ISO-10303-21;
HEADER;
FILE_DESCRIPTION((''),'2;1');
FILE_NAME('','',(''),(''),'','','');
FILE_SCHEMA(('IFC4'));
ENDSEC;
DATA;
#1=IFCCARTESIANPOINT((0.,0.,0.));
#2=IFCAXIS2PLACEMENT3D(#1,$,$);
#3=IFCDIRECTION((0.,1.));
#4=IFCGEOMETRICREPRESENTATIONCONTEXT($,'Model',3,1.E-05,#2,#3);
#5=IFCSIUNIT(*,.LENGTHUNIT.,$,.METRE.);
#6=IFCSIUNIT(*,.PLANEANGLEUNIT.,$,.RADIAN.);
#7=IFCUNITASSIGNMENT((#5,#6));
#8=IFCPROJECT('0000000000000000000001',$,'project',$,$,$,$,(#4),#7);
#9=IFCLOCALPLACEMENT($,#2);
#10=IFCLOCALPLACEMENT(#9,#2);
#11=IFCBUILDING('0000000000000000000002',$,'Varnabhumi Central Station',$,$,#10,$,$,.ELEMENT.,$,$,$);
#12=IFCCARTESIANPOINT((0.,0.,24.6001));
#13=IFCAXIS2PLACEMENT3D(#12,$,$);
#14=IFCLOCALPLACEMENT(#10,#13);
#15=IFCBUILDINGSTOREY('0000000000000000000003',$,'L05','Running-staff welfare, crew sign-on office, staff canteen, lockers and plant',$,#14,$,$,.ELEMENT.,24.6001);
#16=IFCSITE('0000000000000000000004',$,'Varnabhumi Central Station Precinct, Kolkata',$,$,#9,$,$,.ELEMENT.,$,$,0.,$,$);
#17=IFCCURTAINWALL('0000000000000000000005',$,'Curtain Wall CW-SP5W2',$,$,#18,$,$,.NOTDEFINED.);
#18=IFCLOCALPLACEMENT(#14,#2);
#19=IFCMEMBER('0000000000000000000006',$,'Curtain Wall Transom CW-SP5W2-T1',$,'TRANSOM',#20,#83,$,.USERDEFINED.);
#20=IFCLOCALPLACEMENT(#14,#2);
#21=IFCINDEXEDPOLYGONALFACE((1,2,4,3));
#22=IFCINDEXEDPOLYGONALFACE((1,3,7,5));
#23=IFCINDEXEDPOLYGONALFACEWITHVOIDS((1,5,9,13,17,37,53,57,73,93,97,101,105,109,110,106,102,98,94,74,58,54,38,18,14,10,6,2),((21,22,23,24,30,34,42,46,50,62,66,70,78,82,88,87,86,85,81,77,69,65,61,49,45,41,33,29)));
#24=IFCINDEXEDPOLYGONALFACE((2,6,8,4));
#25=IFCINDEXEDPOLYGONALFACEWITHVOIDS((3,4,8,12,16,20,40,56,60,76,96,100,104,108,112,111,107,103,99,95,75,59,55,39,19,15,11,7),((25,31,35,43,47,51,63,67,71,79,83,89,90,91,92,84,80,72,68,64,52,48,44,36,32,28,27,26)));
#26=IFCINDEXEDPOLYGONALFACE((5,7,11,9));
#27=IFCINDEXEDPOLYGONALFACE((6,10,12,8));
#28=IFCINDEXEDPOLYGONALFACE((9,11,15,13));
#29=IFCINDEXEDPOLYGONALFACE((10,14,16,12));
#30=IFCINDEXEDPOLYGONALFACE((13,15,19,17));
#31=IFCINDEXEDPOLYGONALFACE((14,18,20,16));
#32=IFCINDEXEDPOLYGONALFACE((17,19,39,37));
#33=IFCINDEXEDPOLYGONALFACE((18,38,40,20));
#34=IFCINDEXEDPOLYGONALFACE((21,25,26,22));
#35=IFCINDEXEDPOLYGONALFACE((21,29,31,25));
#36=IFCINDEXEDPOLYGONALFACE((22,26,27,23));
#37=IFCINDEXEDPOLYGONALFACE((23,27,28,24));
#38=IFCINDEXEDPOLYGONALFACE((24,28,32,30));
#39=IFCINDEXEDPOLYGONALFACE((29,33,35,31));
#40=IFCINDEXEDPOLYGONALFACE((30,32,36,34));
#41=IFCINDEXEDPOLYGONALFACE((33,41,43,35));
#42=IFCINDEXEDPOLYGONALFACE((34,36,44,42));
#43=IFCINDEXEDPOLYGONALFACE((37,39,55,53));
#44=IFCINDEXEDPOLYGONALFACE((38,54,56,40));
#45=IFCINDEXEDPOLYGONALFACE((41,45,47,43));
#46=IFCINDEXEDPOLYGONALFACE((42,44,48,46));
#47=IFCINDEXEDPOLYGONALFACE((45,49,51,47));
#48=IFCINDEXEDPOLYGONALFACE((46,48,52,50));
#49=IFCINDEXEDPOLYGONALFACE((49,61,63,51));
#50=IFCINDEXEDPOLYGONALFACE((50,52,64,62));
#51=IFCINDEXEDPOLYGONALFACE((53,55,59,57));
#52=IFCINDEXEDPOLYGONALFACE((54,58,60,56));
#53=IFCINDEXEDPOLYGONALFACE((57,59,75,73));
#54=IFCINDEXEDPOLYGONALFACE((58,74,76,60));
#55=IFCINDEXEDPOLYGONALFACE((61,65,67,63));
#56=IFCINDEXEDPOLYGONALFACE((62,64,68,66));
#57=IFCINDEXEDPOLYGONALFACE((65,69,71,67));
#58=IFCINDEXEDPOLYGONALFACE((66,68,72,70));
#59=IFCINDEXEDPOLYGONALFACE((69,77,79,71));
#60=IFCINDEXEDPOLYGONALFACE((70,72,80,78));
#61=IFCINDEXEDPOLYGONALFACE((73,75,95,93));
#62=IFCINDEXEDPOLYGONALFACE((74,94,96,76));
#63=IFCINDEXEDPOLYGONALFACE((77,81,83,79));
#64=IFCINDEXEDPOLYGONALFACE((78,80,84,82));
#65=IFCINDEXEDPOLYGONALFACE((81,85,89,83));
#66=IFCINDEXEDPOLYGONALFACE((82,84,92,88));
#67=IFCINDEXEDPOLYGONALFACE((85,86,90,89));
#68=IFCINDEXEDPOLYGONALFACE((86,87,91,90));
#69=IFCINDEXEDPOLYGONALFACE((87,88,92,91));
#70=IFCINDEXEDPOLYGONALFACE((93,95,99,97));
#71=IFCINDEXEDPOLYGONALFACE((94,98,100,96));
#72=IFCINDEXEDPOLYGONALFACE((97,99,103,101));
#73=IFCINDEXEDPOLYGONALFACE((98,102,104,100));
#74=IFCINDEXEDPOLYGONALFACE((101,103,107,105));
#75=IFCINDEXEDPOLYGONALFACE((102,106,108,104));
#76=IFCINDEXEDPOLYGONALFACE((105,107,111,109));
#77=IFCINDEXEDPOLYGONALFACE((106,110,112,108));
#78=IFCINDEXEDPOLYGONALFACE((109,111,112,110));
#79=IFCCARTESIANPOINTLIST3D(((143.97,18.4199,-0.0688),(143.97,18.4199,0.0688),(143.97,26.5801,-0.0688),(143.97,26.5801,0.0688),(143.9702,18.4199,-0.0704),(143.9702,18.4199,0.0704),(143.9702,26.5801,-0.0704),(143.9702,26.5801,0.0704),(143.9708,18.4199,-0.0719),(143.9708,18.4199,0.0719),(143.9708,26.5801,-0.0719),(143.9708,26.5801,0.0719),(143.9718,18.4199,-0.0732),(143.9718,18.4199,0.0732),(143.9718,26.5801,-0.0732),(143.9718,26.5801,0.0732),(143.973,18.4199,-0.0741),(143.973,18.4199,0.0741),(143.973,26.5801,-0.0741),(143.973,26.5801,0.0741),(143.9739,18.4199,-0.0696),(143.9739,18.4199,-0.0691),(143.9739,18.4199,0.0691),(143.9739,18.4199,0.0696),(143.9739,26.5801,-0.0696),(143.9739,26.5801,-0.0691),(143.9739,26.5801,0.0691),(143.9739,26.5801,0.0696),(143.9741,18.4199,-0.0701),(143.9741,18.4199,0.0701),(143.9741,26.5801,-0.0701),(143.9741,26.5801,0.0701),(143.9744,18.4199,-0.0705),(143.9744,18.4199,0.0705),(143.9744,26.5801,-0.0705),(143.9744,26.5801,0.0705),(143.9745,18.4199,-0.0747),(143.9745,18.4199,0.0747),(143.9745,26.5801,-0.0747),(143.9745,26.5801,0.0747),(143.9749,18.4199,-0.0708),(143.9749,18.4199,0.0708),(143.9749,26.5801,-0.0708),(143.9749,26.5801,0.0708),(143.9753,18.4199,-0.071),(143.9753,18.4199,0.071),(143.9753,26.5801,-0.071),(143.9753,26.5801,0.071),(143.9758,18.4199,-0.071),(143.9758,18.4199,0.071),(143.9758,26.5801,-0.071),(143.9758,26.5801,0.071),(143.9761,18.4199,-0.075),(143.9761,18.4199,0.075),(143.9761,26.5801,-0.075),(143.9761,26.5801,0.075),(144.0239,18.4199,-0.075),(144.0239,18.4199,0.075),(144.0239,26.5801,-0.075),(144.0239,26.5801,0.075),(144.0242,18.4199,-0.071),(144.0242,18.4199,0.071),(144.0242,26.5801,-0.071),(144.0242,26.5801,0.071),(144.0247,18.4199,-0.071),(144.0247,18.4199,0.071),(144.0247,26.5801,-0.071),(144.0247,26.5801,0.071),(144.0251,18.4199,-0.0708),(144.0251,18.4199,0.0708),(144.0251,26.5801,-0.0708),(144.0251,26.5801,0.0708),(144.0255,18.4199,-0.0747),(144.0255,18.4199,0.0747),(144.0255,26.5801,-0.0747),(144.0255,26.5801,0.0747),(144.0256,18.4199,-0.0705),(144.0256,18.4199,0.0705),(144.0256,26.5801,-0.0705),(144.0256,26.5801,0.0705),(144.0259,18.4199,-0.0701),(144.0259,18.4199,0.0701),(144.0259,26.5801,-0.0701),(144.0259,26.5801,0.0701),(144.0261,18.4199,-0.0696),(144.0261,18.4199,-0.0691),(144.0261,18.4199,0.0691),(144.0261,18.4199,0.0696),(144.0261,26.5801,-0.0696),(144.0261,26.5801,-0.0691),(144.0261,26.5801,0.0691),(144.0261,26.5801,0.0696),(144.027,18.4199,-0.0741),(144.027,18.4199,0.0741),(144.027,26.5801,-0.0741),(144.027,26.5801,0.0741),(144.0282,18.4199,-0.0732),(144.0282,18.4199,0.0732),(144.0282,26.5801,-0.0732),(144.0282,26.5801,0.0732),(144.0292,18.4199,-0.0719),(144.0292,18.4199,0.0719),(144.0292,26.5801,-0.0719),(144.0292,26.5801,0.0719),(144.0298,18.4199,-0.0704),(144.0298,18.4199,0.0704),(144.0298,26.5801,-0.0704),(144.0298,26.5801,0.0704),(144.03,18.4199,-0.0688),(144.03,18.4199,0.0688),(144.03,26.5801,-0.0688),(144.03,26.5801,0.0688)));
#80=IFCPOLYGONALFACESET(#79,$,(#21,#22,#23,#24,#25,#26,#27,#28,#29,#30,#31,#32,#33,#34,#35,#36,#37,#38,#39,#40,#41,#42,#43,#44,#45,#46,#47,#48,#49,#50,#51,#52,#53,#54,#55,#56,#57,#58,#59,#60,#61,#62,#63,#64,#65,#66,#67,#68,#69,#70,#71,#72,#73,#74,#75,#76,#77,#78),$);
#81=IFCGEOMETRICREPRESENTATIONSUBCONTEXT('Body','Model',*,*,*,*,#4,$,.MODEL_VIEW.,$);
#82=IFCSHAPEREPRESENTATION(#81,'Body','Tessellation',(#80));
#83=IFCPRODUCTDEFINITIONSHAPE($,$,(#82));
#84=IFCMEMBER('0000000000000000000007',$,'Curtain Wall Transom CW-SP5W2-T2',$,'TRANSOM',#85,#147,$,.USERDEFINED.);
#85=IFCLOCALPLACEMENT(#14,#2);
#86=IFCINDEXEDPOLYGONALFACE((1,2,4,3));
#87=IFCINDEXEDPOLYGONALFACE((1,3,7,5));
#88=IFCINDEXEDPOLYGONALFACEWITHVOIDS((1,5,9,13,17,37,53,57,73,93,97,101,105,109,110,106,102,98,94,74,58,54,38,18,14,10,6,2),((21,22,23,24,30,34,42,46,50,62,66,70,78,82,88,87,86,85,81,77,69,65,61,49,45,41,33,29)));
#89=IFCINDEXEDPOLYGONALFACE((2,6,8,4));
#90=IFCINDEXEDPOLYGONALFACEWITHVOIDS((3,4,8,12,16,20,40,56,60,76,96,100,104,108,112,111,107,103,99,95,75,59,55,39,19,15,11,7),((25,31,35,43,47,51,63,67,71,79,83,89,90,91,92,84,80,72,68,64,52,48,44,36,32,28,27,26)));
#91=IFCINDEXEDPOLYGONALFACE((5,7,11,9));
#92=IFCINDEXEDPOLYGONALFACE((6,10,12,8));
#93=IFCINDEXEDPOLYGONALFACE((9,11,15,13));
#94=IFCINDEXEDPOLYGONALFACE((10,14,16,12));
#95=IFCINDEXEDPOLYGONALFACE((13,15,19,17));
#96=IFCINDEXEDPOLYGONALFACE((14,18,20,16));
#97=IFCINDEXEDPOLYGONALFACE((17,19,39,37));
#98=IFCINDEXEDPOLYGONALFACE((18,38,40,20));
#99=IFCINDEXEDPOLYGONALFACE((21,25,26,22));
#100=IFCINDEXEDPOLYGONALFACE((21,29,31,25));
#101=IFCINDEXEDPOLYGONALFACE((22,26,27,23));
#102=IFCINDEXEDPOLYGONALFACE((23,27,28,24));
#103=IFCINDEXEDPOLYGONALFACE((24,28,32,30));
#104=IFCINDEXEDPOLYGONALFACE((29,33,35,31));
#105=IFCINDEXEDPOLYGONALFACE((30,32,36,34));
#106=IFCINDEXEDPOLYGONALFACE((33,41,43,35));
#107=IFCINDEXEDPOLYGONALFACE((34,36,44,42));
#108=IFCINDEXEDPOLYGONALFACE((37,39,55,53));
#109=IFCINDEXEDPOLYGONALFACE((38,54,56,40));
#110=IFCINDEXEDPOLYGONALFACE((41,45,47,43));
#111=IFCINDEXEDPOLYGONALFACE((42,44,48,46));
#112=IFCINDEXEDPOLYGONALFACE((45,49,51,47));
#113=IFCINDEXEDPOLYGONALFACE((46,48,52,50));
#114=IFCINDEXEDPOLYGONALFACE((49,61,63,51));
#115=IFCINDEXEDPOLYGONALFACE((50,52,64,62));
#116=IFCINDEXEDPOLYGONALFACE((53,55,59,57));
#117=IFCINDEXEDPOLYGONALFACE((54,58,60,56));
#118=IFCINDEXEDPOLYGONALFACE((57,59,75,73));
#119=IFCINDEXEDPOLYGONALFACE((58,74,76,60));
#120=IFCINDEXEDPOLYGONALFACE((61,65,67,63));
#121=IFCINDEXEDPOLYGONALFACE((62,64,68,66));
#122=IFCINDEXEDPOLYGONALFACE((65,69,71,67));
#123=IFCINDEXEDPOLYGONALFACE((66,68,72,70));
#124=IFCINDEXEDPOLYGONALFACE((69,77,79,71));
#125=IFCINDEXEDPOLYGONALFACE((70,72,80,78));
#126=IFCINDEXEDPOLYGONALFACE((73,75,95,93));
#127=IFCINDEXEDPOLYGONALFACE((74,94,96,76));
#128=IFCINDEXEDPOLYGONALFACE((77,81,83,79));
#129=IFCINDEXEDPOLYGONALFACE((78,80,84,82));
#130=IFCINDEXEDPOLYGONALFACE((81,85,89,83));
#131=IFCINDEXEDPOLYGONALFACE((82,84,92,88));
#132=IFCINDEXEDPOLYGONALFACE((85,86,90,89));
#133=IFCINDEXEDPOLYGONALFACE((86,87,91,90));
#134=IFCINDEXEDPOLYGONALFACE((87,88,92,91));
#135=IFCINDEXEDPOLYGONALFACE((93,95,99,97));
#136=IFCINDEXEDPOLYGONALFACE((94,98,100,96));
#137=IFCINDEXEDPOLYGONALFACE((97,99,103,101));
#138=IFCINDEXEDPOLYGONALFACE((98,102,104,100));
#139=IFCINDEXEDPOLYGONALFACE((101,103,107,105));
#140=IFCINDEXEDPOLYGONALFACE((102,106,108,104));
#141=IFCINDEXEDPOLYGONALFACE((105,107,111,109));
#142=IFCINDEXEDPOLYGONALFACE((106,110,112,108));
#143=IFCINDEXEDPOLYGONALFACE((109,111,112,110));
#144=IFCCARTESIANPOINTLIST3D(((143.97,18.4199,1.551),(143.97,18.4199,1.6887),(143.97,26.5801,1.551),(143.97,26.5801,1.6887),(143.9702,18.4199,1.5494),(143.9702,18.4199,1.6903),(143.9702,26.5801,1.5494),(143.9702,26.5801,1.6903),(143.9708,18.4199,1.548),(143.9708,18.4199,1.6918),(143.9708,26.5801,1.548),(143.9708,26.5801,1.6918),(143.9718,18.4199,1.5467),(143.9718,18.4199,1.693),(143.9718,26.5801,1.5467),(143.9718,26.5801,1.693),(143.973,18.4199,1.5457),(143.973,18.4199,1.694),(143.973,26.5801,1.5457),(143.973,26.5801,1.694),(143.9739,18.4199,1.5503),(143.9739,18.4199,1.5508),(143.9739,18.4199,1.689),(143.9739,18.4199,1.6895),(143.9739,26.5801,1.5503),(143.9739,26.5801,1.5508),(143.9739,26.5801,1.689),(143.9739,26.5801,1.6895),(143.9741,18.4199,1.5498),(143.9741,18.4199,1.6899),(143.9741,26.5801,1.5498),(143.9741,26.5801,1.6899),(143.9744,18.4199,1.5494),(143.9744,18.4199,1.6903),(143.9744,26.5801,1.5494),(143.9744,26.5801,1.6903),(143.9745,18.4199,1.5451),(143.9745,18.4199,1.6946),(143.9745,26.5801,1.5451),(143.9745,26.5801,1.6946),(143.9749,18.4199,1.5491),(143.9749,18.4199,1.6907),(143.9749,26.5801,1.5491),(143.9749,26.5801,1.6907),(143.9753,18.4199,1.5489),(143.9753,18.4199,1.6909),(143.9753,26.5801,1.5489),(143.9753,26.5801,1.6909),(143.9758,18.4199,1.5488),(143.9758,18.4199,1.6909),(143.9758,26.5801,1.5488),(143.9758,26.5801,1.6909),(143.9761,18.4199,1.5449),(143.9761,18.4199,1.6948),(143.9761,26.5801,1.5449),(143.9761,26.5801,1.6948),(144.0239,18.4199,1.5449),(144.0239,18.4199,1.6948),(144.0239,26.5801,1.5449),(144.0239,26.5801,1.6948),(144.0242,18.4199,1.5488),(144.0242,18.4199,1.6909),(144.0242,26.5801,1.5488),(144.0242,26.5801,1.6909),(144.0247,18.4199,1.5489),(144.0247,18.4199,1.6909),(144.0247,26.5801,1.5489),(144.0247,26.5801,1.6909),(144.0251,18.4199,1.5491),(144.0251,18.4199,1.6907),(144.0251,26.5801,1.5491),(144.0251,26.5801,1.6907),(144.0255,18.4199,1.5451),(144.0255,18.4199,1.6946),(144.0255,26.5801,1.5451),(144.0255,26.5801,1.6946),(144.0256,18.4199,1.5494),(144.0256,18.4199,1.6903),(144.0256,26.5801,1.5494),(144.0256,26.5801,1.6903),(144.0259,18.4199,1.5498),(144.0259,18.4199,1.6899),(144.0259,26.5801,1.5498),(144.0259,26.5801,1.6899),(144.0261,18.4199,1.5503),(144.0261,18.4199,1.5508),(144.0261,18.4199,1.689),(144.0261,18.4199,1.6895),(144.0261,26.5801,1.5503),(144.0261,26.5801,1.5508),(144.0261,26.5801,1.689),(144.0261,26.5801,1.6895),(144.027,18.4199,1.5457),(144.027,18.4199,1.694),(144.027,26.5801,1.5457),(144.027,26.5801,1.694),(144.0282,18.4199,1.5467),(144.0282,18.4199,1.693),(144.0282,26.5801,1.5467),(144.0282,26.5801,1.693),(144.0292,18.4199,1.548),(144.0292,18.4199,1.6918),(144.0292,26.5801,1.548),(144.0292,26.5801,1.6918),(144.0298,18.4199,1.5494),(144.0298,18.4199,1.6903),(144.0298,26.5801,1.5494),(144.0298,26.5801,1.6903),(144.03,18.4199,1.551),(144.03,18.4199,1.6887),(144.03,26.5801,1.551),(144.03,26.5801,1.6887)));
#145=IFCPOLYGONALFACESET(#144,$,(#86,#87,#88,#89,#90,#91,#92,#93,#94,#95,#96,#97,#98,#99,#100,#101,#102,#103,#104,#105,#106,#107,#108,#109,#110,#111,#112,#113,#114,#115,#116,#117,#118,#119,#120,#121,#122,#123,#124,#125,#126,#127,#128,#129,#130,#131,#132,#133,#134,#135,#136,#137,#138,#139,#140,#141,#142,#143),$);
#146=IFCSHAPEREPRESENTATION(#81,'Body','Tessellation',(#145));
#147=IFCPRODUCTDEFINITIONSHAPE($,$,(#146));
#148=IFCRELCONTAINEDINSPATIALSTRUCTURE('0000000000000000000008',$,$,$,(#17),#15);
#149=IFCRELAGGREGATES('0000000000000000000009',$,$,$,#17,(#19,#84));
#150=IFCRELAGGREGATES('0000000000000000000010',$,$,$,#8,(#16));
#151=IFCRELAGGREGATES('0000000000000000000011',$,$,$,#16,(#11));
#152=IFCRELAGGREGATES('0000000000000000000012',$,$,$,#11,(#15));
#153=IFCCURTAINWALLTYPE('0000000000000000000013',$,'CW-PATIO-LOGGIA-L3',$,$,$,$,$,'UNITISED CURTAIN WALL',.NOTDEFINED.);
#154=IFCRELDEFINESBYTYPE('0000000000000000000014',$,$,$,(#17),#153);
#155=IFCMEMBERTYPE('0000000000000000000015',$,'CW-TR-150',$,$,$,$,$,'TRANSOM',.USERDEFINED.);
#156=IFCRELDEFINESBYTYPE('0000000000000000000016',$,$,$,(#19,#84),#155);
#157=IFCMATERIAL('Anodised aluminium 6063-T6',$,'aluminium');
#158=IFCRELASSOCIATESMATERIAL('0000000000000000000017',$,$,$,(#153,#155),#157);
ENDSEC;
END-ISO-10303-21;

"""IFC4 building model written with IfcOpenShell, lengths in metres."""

from ifc_helpers import new_model, si_unit, direction, frame, origin, origin_2d, place, context, subcontext, project, spatial, hollow_rectangle, extrude, material, material_profile, profile_set, type_object, element, aggregate, save


model = new_model("IFC4")

# Units and contexts
model_context = context("Model", 3, precision=1e-05, world=origin(), true_north=direction((0.0, 1.0)))
body_context = subcontext(model_context, "Body", "Model", "MODEL_VIEW")
ifc_project = project(units=[si_unit("LENGTHUNIT", "METRE"), si_unit("PLANEANGLEUNIT", "RADIAN")], contexts=[model_context])

# Site, building, storey
site_placement = place(None, origin())
site = spatial("IfcSite", under=ifc_project, at=site_placement, Name="Varnabhumi Central Station Precinct, Kolkata", CompositionType="ELEMENT", RefElevation=0.0)
building_placement = place(site_placement, origin())
building = spatial("IfcBuilding", under=site, at=building_placement, Name="Varnabhumi Central Station", CompositionType="ELEMENT")
storey_placement = place(building_placement, frame((0.0, 0.0, 24.6001)))
storey = spatial("IfcBuildingStorey", under=building, at=storey_placement, Name="L05", Description="Running-staff welfare, crew sign-on office, staff canteen, lockers and plant", CompositionType="ELEMENT", Elevation=24.6001)

# Curtain wall
ifc_material_1 = material(Name="Anodised aluminium 6063-T6", Category="aluminium")
curtain_wall_type = type_object("IfcCurtainWallType", Name="CW-PATIO-LOGGIA-L3", ElementType="UNITISED CURTAIN WALL", PredefinedType="NOTDEFINED", material=ifc_material_1)
curtain_wall_1_placement = place(storey_placement, origin())
curtain_wall_1 = element("IfcCurtainWall", 1, at=curtain_wall_1_placement, inside=storey, type_object=curtain_wall_type, Name="Curtain Wall CW-SP5W2", PredefinedType="NOTDEFINED")

# Members
ifc_material_profile_1 = material_profile(ifc_material_1, hollow_rectangle(XDim=0.0601, YDim=0.1499, WallThickness=0.0039, InnerFilletRadius=0.002, OuterFilletRadius=0.0061, at=origin_2d()), Name="Anodised aluminium 6063-T6", Category="aluminium")
ifc_profile_set_1 = profile_set([ifc_material_profile_1], Name="Anodised aluminium 6063-T6")
member_type_1 = type_object("IfcMemberType", Name="CW-TR-150", ElementType="TRANSOM", PredefinedType="USERDEFINED", material=ifc_profile_set_1)
member_1_placement = place(storey_placement, frame((144.0, 18.4199, 0.0), z_axis=(0.0, 1.0, 0.0), x_axis=(-1.0, 0.0, 0.0)))
member_1 = element("IfcMember", 2, at=member_1_placement, type_object=member_type_1, Name="Curtain Wall Transom CW-SP5W2-T1", ObjectType="TRANSOM", PredefinedType="USERDEFINED", context=body_context, shape_type="SweptSolid", body=[
    extrude(hollow_rectangle(XDim=0.0601, YDim=0.1499, WallThickness=0.0039, InnerFilletRadius=0.002, OuterFilletRadius=0.0061, at=origin_2d()), origin(), (0.0, 0.0, 1.0), 8.1602),
])
member_2_placement = place(storey_placement, frame((144.0, 18.4199, 1.6199), z_axis=(0.0, 1.0, 0.0), x_axis=(-1.0, 0.0, 0.0)))
member_2 = element("IfcMember", 3, at=member_2_placement, type_object=member_type_1, Name="Curtain Wall Transom CW-SP5W2-T2", ObjectType="TRANSOM", PredefinedType="USERDEFINED", context=body_context, shape_type="SweptSolid", body=[
    extrude(hollow_rectangle(XDim=0.0601, YDim=0.1499, WallThickness=0.0039, InnerFilletRadius=0.002, OuterFilletRadius=0.0061, at=origin_2d()), origin(), (0.0, 0.0, 1.0), 8.1602),
])

aggregate(curtain_wall_1, [member_1, member_2])

save(model, "model.ifc")
